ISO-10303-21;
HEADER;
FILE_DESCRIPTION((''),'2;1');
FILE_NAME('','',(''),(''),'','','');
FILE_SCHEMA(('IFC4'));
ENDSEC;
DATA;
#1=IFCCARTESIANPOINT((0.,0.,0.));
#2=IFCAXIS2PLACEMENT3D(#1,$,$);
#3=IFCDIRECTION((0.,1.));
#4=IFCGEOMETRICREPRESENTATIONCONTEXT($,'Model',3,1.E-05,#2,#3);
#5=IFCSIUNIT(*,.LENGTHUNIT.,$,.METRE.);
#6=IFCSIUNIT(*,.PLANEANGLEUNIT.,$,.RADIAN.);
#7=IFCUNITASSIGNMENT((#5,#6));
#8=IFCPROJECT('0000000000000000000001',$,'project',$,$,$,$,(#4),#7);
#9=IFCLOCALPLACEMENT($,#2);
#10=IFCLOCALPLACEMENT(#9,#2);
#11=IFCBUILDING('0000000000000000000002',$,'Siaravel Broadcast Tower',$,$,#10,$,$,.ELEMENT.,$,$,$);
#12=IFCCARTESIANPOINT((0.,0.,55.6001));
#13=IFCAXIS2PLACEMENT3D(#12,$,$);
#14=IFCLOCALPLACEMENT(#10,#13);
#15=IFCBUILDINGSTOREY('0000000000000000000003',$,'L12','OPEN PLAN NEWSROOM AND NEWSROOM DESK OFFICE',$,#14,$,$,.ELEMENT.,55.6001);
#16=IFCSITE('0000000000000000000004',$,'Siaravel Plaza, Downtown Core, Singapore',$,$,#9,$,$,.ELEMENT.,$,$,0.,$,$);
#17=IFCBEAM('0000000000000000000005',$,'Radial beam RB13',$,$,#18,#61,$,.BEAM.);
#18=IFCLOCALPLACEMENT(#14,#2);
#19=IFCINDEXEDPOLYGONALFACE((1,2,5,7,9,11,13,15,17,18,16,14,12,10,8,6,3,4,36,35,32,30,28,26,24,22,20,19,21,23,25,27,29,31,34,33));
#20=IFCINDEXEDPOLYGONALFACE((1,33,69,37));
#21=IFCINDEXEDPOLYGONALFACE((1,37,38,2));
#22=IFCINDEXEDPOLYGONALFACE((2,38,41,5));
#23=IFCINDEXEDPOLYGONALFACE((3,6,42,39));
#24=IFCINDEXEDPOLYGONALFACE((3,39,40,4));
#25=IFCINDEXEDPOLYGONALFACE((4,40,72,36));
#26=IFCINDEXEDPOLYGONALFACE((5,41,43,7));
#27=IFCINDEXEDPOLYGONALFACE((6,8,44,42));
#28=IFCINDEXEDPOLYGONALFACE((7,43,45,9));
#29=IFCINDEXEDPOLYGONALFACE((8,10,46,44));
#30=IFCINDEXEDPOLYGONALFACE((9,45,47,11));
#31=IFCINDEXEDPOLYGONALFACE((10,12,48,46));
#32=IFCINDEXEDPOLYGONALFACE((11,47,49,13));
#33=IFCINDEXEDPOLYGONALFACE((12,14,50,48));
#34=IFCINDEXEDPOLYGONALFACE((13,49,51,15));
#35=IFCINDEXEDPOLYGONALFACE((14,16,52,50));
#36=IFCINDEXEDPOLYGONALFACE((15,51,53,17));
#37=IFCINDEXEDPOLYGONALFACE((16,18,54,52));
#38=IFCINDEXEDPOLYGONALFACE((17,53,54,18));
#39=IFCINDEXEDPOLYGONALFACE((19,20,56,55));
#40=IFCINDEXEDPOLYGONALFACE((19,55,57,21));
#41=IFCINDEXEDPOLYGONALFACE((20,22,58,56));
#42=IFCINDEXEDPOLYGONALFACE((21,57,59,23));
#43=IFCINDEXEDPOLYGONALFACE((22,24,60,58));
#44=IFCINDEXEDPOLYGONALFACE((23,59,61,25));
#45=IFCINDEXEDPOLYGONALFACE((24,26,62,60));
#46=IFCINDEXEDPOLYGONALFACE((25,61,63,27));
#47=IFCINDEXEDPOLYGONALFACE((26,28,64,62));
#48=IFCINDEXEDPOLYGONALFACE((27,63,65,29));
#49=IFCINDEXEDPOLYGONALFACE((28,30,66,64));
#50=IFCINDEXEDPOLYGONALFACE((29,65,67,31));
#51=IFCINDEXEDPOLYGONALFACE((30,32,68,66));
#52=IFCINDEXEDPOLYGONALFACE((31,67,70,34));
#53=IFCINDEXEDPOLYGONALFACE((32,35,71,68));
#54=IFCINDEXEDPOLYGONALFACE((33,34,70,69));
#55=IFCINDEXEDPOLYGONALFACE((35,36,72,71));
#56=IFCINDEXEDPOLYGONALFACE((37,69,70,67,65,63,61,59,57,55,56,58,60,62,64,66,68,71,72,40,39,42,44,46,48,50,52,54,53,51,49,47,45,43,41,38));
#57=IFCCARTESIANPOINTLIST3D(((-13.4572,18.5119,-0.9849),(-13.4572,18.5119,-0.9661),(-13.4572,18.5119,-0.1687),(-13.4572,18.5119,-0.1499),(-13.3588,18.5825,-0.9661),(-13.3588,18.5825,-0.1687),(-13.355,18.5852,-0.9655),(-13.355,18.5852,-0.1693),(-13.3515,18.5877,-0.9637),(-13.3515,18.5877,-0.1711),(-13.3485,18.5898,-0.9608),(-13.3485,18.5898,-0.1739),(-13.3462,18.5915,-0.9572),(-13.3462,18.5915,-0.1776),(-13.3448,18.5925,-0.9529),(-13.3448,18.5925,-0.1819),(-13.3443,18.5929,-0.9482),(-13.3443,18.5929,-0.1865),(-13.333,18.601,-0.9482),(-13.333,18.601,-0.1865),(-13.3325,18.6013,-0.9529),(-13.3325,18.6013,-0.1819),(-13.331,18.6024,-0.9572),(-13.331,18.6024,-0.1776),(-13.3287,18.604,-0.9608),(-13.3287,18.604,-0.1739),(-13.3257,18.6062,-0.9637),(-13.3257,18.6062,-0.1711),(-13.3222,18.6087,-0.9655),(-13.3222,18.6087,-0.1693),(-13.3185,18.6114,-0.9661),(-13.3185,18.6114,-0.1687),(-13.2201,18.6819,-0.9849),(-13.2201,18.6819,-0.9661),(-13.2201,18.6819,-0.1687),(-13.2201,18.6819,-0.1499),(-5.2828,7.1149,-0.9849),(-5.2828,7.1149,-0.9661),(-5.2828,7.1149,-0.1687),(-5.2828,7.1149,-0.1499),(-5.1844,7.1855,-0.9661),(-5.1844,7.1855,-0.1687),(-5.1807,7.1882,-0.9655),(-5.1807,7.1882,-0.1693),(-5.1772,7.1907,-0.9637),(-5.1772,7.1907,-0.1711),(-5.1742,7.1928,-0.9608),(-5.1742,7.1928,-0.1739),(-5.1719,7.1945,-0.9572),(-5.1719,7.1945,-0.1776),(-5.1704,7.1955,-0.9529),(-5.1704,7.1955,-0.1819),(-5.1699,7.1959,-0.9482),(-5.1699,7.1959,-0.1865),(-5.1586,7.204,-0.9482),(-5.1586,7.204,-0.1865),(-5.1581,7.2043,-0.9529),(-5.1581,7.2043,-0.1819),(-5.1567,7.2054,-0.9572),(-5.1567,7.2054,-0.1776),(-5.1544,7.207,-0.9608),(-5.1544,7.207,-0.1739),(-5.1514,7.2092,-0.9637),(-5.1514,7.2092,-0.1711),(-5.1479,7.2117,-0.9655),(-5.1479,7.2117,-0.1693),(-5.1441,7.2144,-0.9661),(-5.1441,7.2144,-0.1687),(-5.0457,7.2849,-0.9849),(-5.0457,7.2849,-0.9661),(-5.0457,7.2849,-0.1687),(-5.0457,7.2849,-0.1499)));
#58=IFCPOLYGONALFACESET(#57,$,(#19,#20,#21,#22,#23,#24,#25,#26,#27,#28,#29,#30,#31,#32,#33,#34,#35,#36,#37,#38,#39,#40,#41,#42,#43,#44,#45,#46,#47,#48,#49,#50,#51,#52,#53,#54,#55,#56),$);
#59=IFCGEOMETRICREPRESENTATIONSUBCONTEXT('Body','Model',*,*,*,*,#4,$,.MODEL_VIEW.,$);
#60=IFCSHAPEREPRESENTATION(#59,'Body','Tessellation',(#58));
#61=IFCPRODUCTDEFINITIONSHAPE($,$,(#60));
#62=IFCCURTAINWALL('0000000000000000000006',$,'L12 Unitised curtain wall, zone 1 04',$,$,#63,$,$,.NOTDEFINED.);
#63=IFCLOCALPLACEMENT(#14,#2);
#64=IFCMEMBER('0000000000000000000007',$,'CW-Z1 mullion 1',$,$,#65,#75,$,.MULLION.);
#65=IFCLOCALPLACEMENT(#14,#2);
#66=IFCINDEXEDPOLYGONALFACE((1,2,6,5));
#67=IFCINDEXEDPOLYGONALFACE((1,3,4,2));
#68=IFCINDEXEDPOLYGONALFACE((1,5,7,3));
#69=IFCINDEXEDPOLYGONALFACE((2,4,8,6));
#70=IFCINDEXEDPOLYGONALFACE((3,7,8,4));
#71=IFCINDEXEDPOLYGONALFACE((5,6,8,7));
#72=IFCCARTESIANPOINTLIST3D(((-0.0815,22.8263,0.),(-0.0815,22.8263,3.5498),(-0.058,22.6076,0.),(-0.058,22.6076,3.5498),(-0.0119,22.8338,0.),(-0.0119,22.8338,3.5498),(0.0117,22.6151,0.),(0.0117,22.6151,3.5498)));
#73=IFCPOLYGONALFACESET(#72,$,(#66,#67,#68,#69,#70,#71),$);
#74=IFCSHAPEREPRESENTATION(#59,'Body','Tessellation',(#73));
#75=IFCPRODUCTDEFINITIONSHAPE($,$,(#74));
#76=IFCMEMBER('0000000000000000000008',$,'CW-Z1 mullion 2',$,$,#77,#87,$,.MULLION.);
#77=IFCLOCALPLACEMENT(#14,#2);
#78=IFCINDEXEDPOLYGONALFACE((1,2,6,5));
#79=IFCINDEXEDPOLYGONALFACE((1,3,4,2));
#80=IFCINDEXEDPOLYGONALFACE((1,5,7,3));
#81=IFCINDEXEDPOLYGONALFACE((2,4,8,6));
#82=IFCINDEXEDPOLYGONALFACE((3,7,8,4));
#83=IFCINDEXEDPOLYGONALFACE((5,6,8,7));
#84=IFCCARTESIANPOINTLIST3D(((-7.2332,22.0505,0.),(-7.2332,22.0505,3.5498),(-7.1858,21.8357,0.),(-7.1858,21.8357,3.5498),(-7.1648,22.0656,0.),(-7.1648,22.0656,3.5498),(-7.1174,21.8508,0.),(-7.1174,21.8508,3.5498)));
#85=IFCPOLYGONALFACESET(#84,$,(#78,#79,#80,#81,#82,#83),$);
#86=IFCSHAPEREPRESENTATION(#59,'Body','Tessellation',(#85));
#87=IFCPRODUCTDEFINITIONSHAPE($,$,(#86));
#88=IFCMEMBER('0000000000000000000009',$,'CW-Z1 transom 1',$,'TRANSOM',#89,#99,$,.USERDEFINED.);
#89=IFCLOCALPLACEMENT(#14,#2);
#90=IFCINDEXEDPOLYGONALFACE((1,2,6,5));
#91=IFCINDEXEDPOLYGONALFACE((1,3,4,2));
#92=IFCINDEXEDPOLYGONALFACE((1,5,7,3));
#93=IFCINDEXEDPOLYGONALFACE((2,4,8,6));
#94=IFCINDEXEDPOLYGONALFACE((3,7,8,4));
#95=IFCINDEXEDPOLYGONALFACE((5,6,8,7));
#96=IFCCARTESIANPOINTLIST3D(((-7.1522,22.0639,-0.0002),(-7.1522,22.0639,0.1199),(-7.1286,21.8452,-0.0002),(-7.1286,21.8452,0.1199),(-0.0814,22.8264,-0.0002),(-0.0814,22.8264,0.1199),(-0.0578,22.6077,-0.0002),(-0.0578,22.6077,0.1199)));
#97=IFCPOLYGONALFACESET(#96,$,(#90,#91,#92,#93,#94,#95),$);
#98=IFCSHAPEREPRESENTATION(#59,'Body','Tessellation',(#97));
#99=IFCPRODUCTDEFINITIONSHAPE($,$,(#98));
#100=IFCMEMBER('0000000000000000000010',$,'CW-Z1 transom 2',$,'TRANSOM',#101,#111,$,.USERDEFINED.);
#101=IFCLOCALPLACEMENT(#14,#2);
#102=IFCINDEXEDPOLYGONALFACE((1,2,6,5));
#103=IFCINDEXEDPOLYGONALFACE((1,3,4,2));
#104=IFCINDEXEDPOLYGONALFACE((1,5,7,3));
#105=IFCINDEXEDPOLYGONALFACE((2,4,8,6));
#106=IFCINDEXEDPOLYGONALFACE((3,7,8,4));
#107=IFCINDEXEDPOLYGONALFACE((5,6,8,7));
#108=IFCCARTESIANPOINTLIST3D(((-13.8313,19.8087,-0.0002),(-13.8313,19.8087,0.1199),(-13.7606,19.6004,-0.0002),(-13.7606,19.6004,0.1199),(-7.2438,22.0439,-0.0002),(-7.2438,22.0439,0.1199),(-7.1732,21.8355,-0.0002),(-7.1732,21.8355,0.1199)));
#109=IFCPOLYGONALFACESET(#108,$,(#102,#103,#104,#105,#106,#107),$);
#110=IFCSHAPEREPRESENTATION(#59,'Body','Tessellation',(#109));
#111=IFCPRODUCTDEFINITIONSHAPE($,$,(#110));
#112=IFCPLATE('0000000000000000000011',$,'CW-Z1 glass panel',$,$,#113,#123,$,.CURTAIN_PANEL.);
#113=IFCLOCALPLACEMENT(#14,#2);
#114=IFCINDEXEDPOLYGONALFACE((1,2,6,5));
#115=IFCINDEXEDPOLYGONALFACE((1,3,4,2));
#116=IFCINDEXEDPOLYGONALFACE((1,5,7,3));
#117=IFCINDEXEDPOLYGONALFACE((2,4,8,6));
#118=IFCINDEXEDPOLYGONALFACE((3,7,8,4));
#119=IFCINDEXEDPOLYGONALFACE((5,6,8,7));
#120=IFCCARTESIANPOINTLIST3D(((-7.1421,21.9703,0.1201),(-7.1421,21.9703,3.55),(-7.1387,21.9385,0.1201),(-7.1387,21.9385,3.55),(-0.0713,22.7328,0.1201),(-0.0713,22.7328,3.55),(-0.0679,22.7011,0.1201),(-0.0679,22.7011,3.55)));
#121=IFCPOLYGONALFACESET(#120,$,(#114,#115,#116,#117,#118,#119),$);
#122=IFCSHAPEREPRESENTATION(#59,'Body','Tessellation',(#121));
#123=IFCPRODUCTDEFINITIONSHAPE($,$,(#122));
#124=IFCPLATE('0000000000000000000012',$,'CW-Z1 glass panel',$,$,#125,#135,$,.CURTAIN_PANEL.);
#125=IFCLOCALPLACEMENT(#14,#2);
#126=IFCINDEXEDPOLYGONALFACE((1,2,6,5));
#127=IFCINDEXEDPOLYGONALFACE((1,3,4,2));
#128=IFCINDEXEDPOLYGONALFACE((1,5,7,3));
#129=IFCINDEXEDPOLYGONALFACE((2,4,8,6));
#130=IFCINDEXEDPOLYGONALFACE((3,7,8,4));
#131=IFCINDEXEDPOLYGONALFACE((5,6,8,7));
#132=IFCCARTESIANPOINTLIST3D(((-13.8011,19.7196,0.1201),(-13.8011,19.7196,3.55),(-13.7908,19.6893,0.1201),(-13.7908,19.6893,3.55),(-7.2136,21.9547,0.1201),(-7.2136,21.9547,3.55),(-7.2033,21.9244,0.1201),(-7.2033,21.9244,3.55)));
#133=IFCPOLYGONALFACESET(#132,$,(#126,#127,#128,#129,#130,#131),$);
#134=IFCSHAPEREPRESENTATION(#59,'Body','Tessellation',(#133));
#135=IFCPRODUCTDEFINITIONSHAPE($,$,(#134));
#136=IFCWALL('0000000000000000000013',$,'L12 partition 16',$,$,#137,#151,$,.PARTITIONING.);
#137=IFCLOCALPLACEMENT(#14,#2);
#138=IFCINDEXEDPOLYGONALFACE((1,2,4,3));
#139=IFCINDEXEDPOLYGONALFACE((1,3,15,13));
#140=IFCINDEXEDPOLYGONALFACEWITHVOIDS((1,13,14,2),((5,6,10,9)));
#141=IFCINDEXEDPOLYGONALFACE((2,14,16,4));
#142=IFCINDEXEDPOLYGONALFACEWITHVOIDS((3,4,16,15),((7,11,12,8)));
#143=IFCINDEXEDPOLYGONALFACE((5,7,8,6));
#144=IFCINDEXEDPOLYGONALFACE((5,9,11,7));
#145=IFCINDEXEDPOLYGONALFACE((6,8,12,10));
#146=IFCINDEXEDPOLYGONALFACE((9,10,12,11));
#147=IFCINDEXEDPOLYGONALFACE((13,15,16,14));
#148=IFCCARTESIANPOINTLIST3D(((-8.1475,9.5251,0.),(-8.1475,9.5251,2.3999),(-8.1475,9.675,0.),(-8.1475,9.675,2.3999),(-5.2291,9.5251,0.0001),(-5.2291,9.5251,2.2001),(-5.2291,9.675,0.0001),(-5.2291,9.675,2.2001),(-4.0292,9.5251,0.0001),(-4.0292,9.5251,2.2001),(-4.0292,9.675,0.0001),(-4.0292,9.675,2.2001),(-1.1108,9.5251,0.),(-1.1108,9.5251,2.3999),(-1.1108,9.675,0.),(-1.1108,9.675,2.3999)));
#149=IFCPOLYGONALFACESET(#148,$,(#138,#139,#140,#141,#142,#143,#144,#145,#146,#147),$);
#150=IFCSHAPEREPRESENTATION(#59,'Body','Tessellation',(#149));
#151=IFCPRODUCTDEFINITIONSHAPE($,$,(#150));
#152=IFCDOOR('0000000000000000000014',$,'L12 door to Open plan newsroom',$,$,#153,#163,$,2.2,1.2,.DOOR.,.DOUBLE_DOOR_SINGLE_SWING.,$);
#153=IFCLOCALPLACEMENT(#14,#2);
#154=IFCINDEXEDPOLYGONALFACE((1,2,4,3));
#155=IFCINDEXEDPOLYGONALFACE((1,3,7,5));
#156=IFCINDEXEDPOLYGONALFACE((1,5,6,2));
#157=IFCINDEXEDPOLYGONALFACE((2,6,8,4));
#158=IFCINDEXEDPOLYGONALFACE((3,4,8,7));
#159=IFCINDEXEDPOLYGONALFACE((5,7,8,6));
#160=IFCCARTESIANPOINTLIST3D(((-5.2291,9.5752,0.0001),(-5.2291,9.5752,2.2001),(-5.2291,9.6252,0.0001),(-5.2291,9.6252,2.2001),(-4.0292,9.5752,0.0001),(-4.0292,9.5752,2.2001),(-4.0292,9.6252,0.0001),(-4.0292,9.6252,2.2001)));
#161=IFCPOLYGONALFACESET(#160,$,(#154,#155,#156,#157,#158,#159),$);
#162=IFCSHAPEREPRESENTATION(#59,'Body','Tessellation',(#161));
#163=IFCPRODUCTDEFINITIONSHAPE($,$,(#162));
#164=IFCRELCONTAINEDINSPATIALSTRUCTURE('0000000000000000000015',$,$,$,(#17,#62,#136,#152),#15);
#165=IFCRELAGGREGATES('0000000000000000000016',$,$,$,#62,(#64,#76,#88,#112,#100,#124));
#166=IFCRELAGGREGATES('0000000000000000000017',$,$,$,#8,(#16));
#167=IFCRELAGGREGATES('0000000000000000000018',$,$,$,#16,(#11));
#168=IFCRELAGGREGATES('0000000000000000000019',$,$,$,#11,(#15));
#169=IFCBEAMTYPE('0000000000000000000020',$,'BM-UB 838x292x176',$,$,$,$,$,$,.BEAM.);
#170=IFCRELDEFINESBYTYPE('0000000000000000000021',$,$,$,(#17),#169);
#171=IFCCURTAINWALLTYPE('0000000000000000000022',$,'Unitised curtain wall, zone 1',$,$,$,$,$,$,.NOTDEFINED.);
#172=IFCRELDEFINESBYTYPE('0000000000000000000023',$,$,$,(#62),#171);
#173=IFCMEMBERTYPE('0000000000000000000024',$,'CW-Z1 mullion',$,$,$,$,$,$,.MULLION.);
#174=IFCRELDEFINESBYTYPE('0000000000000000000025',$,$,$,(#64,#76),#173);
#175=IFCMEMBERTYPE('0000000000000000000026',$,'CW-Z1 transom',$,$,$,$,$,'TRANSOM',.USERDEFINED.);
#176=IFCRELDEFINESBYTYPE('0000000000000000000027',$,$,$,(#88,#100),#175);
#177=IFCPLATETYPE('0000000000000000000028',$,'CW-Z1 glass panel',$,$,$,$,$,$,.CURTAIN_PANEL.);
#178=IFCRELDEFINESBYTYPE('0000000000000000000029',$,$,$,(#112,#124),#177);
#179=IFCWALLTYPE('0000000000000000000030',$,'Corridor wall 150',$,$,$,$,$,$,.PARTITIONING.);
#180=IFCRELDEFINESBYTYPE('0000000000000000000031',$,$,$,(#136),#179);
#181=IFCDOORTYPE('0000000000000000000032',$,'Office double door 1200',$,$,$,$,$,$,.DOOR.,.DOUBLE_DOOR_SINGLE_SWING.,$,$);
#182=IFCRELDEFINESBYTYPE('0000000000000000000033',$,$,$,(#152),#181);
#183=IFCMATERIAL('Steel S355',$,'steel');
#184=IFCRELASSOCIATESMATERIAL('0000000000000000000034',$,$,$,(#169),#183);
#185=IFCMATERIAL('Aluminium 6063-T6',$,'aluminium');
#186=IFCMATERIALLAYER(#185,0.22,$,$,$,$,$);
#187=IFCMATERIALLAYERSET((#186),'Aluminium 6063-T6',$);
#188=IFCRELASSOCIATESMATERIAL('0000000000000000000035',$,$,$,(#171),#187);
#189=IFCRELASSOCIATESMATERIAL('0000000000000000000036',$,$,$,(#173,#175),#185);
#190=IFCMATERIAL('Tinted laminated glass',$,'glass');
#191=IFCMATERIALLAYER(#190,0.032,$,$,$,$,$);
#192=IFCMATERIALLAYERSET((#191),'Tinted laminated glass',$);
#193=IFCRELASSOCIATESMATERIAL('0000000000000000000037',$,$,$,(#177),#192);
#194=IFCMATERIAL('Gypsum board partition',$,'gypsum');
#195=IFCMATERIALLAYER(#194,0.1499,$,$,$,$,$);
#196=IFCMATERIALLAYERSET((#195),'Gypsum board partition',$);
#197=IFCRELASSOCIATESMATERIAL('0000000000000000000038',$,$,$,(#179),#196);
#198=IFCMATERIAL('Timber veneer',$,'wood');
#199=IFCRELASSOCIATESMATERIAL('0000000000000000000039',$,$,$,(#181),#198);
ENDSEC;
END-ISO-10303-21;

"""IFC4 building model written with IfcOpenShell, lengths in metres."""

from ifc_helpers import new_model, si_unit, direction, frame, frame_2d, origin, origin_2d, place, context, subcontext, project, spatial, rectangle, i_section, extrude, material, layer, layer_set, material_profile, profile_set, type_object, element, fill, aggregate, save


model = new_model("IFC4")

# Units and contexts
model_context = context("Model", 3, precision=1e-05, world=origin(), true_north=direction((0.0, 1.0)))
body_context = subcontext(model_context, "Body", "Model", "MODEL_VIEW")
ifc_project = project(units=[si_unit("LENGTHUNIT", "METRE"), si_unit("PLANEANGLEUNIT", "RADIAN")], contexts=[model_context])

# Site, building, storey
site_placement = place(None, origin())
site = spatial("IfcSite", under=ifc_project, at=site_placement, Name="Siaravel Plaza, Downtown Core, Singapore", CompositionType="ELEMENT", RefElevation=0.0)
building_placement = place(site_placement, origin())
building = spatial("IfcBuilding", under=site, at=building_placement, Name="Siaravel Broadcast Tower", CompositionType="ELEMENT")
storey_placement = place(building_placement, frame((0.0, 0.0, 55.6001)))
storey = spatial("IfcBuildingStorey", under=building, at=storey_placement, Name="L12", Description="OPEN PLAN NEWSROOM AND NEWSROOM DESK OFFICE", CompositionType="ELEMENT", Elevation=55.6001)

# Beam
ifc_material_1 = material(Name="Steel S355", Category="steel")
ifc_material_profile_1 = material_profile(ifc_material_1, i_section(OverallWidth=0.2917, OverallDepth=0.835, WebThickness=0.0139, FlangeThickness=0.0188, FilletRadius=0.0178, at=origin_2d()))
ifc_profile_set_1 = profile_set([ifc_material_profile_1], Name="Steel S355")
beam_type = type_object("IfcBeamType", Name="BM-UB 838x292x176", PredefinedType="BEAM", material=ifc_profile_set_1)
beam_1_placement = place(storey_placement, frame((-13.3386, 18.5969, -0.5674), z_axis=(0.582824, -0.812598, 0.0), x_axis=(0.812598, 0.582824, 0.0)))
element("IfcBeam", 1, at=beam_1_placement, inside=storey, type_object=beam_type, Name="Radial beam RB13", PredefinedType="BEAM", context=body_context, shape_type="SweptSolid", body=[
    extrude(i_section(OverallWidth=0.2917, OverallDepth=0.835, WebThickness=0.0139, FlangeThickness=0.0188, FilletRadius=0.0178, at=origin_2d()), origin(), (0.0, 0.0, 1.0), 14.0254),
])

# Curtain wall, members, plates
ifc_material_2 = material(Name="Aluminium 6063-T6", Category="aluminium")
ifc_layer_1 = layer(ifc_material_2, 0.22)
ifc_layer_set_1 = layer_set([ifc_layer_1], Name="Aluminium 6063-T6")
curtain_wall_type = type_object("IfcCurtainWallType", Name="Unitised curtain wall, zone 1", PredefinedType="NOTDEFINED", material=ifc_layer_set_1)
curtain_wall_placement = place(storey_placement, origin())
curtain_wall = element("IfcCurtainWall", 2, at=curtain_wall_placement, inside=storey, type_object=curtain_wall_type, Name="L12 Unitised curtain wall, zone 1 04", PredefinedType="NOTDEFINED")
ifc_material_profile_2 = material_profile(ifc_material_2, rectangle(XDim=0.22, YDim=0.0701, at=origin_2d()))
ifc_profile_set_2 = profile_set([ifc_material_profile_2], Name="Aluminium 6063-T6")
member_type_1 = type_object("IfcMemberType", Name="CW-Z1 mullion", PredefinedType="MULLION", material=ifc_profile_set_2)
member_1_placement = place(storey_placement, frame((-0.0349, 22.7207, 0.0), z_axis=(0.0, 0.0, 1.0), x_axis=(0.107218, -0.994236, 0.0)))
member_1 = element("IfcMember", 3, at=member_1_placement, type_object=member_type_1, Name="CW-Z1 mullion 1", PredefinedType="MULLION", context=body_context, shape_type="SweptSolid", body=[
    extrude(rectangle(XDim=0.22, YDim=0.0701, at=origin_2d()), origin(), (0.0, 0.0, 1.0), 3.5498),
])
member_2_placement = place(storey_placement, frame((-7.1753, 21.9507, 0.0), z_axis=(0.0, 0.0, 1.0), x_axis=(0.215558, -0.976491, 0.0)))
member_2 = element("IfcMember", 4, at=member_2_placement, type_object=member_type_1, Name="CW-Z1 mullion 2", PredefinedType="MULLION", context=body_context, shape_type="SweptSolid", body=[
    extrude(rectangle(XDim=0.22, YDim=0.0701, at=origin_2d()), origin(), (0.0, 0.0, 1.0), 3.5498),
])
ifc_material_profile_3 = material_profile(ifc_material_2, rectangle(XDim=0.22, YDim=0.1201, at=origin_2d()))
ifc_profile_set_3 = profile_set([ifc_material_profile_3], Name="Aluminium 6063-T6")
member_type_2 = type_object("IfcMemberType", Name="CW-Z1 transom", ElementType="TRANSOM", PredefinedType="USERDEFINED", material=ifc_profile_set_3)
member_3_placement = place(storey_placement, frame((-0.0696, 22.717, 0.0598), z_axis=(-0.994236, -0.107209, 0.0), x_axis=(0.107209, -0.994236, 0.0)))
member_3 = element("IfcMember", 5, at=member_3_placement, type_object=member_type_2, Name="CW-Z1 transom 1", ObjectType="TRANSOM", PredefinedType="USERDEFINED", context=body_context, shape_type="SweptSolid", body=[
    extrude(rectangle(XDim=0.22, YDim=0.1201, at=origin_2d()), origin(), (0.0, 0.0, 1.0), 7.1118),
])
member_4_placement = place(storey_placement, frame((-7.2085, 21.9397, 0.0598), z_axis=(-0.946975, -0.321309, 0.0), x_axis=(0.321309, -0.946975, 0.0)))
member_4 = element("IfcMember", 6, at=member_4_placement, type_object=member_type_2, Name="CW-Z1 transom 2", ObjectType="TRANSOM", PredefinedType="USERDEFINED", context=body_context, shape_type="SweptSolid", body=[
    extrude(rectangle(XDim=0.22, YDim=0.1201, at=origin_2d()), origin(), (0.0, 0.0, 1.0), 6.9563),
])
ifc_material_3 = material(Name="Tinted laminated glass", Category="glass")
ifc_layer_2 = layer(ifc_material_3, 0.032)
ifc_layer_set_2 = layer_set([ifc_layer_2], Name="Tinted laminated glass")
plate_type = type_object("IfcPlateType", Name="CW-Z1 glass panel", PredefinedType="CURTAIN_PANEL", material=ifc_layer_set_2)
plate_1_placement = place(storey_placement, frame((-3.605, 22.3357, 0.1201), z_axis=(0.0, 0.0, 1.0), x_axis=(-0.994236, -0.107218, 0.0)))
plate_1 = element("IfcPlate", 7, at=plate_1_placement, type_object=plate_type, Name="CW-Z1 glass panel", PredefinedType="CURTAIN_PANEL", context=body_context, shape_type="SweptSolid", body=[
    extrude(rectangle(XDim=7.1118, YDim=0.032, at=origin_2d()), origin(), (0.0, 0.0, 1.0), 3.4299),
])
plate_2_placement = place(storey_placement, frame((-10.5022, 20.822, 0.1201), z_axis=(0.0, 0.0, 1.0), x_axis=(-0.946977, -0.321301, 0.0)))
plate_2 = element("IfcPlate", 8, at=plate_2_placement, type_object=plate_type, Name="CW-Z1 glass panel", PredefinedType="CURTAIN_PANEL", context=body_context, shape_type="SweptSolid", body=[
    extrude(rectangle(XDim=6.9563, YDim=0.032, at=origin_2d()), origin(), (0.0, 0.0, 1.0), 3.4299),
])
aggregate(curtain_wall, [member_1, member_2, member_3, plate_1, member_4, plate_2])

# Wall, opening, door
ifc_material_4 = material(Name="Gypsum board partition", Category="gypsum")
ifc_layer_3 = layer(ifc_material_4, 0.1499)
ifc_layer_set_3 = layer_set([ifc_layer_3], Name="Gypsum board partition")
wall_type_1 = type_object("IfcWallType", Name="Corridor wall 150", PredefinedType="PARTITIONING", material=ifc_layer_set_3)
wall_1_placement = place(storey_placement, frame((-1.1108, 9.6001, 0.0), z_axis=(0.0, 0.0, 1.0), x_axis=(-1.0, 0.0, 0.0)))
wall_1 = element("IfcWall", 9, at=wall_1_placement, inside=storey, type_object=wall_type_1, Name="L12 partition 16", PredefinedType="PARTITIONING", context=body_context, shape_type="SweptSolid", body=[
    extrude(rectangle(XDim=7.0366, YDim=0.1499, at=frame_2d((3.5183, 0.0))), origin(), (0.0, 0.0, 1.0), 2.3999),
])
opening_1_placement = place(wall_1_placement, frame((2.9182, 0.0, 0.0)))
opening_1 = element("IfcOpeningElement", 10, at=opening_1_placement, cuts=wall_1, PredefinedType="OPENING", context=body_context, shape_type="SweptSolid", body=[
    extrude(rectangle(XDim=1.2, YDim=2.2, at=frame_2d((0.6001, 1.1001))), frame((0.0, 0.085, 0.0), z_axis=(0.0, -1.0, 0.0), x_axis=(1.0, 0.0, 0.0)), (0.0, 0.0, 1.0), 0.1699),
])
ifc_material_5 = material(Name="Timber veneer", Category="wood")
door_type = type_object("IfcDoorType", Name="Office double door 1200", OperationType="DOUBLE_DOOR_SINGLE_SWING", PredefinedType="DOOR", material=ifc_material_5)
door_1_placement = place(opening_1_placement, origin())
door_1 = element("IfcDoor", 11, at=door_1_placement, inside=storey, type_object=door_type, Name="L12 door to Open plan newsroom", OperationType="DOUBLE_DOOR_SINGLE_SWING", OverallHeight=2.2, OverallWidth=1.2, PredefinedType="DOOR", context=body_context, shape_type="SweptSolid", body=[
    extrude(rectangle(XDim=1.2, YDim=2.2, at=frame_2d((0.6001, 1.1001))), frame((0.0, 0.0249, 0.0), z_axis=(0.0, -1.0, 0.0), x_axis=(1.0, 0.0, 0.0)), (0.0, 0.0, 1.0), 0.05),
])
fill(opening_1, door_1)

save(model, "model.ifc")
